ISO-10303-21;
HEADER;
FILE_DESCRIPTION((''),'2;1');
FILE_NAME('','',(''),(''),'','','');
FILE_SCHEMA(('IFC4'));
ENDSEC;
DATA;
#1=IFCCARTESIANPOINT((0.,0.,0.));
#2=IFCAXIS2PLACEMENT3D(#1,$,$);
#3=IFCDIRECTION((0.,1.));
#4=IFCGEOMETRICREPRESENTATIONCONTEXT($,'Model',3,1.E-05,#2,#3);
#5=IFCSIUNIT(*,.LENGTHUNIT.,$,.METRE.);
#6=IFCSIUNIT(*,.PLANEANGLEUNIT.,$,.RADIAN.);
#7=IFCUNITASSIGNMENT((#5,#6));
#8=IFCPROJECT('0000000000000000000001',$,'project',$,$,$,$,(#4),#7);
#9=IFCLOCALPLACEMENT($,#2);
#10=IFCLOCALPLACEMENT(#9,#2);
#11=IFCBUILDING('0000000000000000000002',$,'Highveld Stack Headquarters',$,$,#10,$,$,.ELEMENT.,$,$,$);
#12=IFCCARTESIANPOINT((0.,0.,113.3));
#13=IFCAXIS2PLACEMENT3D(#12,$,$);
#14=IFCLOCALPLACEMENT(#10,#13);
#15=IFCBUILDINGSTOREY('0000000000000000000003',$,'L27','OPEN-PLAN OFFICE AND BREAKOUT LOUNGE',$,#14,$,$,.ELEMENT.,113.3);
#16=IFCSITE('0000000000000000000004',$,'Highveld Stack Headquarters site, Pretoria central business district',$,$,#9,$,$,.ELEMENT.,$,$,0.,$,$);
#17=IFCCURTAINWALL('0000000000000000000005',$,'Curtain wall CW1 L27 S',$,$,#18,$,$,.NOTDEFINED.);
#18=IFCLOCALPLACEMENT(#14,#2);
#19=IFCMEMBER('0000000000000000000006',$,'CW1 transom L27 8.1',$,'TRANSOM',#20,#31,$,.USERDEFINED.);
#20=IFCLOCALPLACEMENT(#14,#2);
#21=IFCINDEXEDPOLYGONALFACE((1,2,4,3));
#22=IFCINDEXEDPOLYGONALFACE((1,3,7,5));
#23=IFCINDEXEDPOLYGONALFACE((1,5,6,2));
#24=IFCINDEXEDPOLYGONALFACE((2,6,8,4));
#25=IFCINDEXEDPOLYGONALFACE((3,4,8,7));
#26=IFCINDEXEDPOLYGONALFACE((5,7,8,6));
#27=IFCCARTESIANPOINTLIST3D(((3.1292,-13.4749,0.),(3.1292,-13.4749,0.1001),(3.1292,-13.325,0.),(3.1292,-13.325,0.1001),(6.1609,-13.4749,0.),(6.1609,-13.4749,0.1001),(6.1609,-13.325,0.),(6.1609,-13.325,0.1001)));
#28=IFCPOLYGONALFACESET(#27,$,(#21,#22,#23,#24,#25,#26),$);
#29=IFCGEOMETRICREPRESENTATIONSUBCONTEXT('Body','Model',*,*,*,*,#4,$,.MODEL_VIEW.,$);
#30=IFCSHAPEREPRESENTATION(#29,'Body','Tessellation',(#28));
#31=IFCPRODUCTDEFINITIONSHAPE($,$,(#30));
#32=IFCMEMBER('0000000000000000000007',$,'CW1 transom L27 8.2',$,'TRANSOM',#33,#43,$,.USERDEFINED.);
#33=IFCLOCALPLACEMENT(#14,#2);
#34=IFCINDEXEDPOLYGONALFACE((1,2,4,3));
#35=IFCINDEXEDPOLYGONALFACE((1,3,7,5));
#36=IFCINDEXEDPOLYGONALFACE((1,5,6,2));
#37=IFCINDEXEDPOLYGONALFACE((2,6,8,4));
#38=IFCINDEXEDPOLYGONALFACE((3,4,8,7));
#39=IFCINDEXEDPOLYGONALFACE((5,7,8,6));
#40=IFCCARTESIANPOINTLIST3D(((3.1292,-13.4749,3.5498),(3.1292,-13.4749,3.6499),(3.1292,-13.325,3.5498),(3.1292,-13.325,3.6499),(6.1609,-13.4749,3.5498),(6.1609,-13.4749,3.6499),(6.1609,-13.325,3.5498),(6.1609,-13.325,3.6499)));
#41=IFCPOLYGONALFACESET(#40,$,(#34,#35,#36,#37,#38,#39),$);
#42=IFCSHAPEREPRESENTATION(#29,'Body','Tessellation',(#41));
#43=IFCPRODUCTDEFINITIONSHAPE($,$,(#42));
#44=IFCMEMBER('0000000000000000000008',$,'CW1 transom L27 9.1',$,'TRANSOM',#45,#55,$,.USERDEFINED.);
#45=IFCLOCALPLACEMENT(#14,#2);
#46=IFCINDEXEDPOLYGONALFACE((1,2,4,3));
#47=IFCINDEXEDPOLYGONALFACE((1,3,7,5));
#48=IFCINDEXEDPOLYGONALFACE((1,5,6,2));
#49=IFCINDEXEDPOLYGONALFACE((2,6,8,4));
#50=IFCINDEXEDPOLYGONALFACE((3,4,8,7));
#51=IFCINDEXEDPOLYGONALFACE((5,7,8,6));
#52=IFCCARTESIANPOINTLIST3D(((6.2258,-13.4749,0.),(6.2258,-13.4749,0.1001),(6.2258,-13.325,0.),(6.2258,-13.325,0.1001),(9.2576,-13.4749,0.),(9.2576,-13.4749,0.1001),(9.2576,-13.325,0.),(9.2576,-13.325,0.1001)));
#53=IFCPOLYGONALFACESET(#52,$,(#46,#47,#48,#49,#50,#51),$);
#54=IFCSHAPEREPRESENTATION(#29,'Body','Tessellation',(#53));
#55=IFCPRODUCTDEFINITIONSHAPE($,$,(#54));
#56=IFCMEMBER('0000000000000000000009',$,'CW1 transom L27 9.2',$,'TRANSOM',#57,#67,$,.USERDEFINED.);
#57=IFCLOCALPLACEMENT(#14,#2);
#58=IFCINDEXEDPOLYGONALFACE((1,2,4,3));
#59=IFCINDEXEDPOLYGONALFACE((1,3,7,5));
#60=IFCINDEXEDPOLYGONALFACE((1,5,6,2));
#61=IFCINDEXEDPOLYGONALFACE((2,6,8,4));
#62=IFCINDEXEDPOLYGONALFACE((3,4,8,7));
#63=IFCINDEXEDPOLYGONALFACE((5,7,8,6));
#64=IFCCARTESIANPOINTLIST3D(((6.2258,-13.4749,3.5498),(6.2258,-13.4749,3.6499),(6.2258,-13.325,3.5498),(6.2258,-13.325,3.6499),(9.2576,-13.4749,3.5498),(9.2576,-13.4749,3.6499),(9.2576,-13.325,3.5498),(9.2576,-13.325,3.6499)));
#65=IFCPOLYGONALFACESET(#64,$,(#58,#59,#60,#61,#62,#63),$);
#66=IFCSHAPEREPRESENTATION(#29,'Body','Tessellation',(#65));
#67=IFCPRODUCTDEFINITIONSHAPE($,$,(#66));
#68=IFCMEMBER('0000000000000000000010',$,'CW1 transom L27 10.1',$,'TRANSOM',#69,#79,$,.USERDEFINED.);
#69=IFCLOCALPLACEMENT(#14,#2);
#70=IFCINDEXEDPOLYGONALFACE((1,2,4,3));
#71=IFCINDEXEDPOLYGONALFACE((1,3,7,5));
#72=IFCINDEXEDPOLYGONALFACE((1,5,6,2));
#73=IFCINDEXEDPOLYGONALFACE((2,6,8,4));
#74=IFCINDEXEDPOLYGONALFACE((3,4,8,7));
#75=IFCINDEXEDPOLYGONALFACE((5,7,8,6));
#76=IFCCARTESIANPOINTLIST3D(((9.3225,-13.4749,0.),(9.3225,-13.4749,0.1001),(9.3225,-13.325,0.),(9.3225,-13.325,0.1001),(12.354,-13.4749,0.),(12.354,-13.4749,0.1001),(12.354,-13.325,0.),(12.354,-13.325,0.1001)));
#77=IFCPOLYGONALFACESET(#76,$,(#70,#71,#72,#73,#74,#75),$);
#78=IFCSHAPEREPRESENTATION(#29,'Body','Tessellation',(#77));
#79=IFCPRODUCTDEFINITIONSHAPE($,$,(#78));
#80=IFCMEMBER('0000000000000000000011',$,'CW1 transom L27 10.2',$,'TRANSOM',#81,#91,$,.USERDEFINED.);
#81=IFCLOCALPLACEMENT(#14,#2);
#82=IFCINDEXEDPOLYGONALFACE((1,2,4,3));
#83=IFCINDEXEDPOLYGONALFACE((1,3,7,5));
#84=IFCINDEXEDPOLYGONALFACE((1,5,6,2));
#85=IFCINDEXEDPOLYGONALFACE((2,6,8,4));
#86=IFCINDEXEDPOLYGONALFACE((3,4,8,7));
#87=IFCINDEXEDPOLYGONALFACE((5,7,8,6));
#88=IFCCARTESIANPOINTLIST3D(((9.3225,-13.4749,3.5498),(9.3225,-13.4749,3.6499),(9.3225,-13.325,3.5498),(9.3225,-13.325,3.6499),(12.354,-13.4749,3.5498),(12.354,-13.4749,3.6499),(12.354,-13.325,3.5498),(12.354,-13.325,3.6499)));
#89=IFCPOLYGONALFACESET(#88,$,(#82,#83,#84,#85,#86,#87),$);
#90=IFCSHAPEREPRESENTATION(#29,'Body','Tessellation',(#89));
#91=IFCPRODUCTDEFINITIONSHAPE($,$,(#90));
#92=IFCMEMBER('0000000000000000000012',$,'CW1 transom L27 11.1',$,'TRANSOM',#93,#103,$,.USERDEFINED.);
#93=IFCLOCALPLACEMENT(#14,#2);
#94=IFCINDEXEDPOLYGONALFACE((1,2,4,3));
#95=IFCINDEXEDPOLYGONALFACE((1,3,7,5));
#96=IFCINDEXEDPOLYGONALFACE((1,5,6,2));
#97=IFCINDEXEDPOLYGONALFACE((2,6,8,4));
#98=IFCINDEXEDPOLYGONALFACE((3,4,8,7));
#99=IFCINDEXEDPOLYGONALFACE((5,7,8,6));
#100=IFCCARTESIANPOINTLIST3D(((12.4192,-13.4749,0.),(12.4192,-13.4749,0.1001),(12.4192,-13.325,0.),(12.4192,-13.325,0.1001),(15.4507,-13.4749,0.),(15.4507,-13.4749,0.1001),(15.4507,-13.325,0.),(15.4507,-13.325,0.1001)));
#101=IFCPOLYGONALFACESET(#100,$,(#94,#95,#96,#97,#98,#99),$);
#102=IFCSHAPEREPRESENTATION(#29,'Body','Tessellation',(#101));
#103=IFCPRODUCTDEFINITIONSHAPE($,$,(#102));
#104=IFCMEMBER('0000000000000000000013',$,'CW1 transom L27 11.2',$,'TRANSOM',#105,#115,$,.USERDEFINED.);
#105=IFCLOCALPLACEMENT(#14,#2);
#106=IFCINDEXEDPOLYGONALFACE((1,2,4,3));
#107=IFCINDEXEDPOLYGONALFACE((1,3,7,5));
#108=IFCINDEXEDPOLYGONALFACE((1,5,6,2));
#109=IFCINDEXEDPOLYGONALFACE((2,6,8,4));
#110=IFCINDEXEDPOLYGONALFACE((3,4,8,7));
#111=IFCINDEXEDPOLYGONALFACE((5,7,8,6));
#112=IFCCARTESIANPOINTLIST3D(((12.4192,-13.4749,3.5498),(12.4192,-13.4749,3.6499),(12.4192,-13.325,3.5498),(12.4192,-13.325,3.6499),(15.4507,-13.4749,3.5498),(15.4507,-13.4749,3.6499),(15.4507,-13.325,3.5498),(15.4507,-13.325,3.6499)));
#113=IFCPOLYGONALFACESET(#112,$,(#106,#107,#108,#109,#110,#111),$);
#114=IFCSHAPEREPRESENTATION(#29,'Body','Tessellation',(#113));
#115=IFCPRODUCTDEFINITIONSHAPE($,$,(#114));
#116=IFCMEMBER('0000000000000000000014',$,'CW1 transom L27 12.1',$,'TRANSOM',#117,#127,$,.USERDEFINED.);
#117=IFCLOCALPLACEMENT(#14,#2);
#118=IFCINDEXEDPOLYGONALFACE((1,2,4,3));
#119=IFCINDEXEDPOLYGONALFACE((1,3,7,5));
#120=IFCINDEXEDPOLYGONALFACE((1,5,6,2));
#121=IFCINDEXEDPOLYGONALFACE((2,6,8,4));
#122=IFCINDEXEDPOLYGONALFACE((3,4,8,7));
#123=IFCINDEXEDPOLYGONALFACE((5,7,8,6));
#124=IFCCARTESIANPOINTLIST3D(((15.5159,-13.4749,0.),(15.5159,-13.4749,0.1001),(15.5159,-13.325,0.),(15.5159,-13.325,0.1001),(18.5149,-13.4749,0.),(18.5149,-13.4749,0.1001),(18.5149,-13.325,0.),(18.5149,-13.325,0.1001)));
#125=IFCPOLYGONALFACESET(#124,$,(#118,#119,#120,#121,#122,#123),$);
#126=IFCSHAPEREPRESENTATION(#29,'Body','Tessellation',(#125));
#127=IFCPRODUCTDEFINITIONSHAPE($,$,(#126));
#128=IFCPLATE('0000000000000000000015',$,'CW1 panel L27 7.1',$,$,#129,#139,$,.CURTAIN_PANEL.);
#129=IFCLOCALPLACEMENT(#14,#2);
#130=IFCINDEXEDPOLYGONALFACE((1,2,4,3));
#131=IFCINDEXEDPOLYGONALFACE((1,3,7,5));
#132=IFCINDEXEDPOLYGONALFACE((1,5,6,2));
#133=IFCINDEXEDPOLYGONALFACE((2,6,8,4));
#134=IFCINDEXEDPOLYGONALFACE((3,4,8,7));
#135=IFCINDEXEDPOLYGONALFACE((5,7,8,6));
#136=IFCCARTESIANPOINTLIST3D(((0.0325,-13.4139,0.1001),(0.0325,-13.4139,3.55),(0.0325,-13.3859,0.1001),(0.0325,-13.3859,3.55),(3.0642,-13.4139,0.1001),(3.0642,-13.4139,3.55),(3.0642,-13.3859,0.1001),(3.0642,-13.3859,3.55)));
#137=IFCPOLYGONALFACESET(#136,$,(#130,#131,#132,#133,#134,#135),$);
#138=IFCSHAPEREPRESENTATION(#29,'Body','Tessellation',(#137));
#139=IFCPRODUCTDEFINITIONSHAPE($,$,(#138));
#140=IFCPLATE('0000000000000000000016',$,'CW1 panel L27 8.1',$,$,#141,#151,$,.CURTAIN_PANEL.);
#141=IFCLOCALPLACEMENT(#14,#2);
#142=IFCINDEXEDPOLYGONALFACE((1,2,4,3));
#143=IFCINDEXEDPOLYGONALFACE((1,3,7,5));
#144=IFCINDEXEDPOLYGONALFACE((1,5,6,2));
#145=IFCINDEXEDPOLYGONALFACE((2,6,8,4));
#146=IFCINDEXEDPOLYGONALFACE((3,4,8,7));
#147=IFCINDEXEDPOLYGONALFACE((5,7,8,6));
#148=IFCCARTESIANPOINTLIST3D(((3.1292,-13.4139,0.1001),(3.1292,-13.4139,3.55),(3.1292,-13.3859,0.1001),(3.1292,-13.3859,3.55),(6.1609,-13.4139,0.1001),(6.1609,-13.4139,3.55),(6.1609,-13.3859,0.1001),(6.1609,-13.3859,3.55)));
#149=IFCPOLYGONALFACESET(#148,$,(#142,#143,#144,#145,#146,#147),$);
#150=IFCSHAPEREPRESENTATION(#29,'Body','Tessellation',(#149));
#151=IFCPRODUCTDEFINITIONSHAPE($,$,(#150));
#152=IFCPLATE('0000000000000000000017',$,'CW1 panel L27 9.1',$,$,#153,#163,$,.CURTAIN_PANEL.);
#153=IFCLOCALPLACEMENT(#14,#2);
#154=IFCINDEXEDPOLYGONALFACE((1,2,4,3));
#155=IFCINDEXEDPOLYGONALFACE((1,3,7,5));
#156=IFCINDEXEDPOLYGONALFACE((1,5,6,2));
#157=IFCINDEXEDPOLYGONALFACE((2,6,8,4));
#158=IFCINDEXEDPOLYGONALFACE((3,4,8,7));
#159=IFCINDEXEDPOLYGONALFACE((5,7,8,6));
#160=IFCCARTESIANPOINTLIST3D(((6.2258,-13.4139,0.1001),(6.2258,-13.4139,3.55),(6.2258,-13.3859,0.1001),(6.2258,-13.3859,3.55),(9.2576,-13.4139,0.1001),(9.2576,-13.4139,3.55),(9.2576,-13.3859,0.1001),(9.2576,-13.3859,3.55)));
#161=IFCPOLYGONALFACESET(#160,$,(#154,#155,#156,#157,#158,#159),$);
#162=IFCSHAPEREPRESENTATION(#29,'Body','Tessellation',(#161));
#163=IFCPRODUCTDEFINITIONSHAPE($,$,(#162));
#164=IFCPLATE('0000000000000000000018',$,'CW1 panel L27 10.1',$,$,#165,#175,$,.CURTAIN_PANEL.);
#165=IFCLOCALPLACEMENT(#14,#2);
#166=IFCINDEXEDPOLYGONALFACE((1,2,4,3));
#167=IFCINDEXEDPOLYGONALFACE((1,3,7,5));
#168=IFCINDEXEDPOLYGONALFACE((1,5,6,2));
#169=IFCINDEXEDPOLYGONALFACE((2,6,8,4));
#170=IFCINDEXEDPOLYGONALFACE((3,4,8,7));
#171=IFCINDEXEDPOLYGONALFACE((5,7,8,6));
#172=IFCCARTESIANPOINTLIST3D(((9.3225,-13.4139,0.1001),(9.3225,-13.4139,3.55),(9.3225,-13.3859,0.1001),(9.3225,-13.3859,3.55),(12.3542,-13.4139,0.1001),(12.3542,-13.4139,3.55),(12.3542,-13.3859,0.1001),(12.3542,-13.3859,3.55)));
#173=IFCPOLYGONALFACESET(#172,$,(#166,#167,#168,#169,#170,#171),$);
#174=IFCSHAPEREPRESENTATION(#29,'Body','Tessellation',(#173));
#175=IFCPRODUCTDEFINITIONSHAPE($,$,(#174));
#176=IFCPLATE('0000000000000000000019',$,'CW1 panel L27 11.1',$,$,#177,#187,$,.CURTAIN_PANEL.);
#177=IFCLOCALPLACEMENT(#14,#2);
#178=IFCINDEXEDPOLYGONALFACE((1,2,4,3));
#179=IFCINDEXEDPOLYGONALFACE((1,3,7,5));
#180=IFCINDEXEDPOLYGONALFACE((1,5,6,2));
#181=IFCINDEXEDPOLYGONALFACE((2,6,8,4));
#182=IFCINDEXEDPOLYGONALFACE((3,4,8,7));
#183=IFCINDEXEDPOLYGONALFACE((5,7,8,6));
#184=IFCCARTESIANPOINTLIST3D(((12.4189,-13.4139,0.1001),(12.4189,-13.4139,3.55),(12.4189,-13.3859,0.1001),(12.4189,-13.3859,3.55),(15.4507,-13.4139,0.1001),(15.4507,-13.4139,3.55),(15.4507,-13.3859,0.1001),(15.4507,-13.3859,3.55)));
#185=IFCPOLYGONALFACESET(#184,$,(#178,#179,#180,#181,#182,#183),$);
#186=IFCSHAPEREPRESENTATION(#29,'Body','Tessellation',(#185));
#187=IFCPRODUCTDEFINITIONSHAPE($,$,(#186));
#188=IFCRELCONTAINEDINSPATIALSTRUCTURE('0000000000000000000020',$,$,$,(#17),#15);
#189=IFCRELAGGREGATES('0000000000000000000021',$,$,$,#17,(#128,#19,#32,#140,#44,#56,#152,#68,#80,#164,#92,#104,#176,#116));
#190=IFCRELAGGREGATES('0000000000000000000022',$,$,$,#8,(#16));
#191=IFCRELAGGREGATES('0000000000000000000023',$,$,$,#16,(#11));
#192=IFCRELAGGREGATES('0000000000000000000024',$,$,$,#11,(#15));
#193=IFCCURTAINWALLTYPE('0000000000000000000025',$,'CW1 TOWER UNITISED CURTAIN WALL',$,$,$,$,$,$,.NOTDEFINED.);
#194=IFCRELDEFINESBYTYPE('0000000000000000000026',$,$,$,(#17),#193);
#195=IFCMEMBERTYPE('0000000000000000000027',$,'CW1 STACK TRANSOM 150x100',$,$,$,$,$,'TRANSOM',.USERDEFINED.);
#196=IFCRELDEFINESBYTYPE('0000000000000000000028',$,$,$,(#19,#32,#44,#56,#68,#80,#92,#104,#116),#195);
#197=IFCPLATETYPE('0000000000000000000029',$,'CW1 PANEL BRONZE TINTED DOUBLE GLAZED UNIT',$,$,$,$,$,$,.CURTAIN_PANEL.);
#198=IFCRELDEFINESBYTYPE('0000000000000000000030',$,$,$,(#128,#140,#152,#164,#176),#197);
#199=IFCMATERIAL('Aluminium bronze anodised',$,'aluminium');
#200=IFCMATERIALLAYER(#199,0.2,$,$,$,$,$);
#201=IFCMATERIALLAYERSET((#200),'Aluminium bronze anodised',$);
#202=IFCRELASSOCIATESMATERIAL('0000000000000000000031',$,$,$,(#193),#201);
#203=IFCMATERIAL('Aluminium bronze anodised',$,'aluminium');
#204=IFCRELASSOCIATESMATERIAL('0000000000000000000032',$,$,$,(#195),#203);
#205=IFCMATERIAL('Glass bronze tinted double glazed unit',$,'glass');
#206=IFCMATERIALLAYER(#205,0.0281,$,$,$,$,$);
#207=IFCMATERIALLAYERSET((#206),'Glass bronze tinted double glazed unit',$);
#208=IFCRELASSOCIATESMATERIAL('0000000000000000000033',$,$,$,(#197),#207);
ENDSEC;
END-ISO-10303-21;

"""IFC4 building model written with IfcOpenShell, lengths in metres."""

from ifc_helpers import new_model, si_unit, direction, frame, origin, origin_2d, place, context, subcontext, project, spatial, rectangle, extrude, material, layer, layer_set, material_profile, profile_set, type_object, element, aggregate, save


model = new_model("IFC4")

# Units and contexts
model_context = context("Model", 3, precision=1e-05, world=origin(), true_north=direction((0.0, 1.0)))
body_context = subcontext(model_context, "Body", "Model", "MODEL_VIEW")
ifc_project = project(units=[si_unit("LENGTHUNIT", "METRE"), si_unit("PLANEANGLEUNIT", "RADIAN")], contexts=[model_context])

# Site, building, storey
site_placement = place(None, origin())
site = spatial("IfcSite", under=ifc_project, at=site_placement, Name="Highveld Stack Headquarters site, Pretoria central business district", CompositionType="ELEMENT", RefElevation=0.0)
building_placement = place(site_placement, origin())
building = spatial("IfcBuilding", under=site, at=building_placement, Name="Highveld Stack Headquarters", CompositionType="ELEMENT")
storey_placement = place(building_placement, frame((0.0, 0.0, 113.3)))
storey = spatial("IfcBuildingStorey", under=building, at=storey_placement, Name="L27", Description="OPEN-PLAN OFFICE AND BREAKOUT LOUNGE", CompositionType="ELEMENT", Elevation=113.3)

# Curtain wall, members, plates
ifc_material_1 = material(Name="Aluminium bronze anodised", Category="aluminium")
ifc_layer_1 = layer(ifc_material_1, 0.2)
ifc_layer_set_1 = layer_set([ifc_layer_1], Name="Aluminium bronze anodised")
curtain_wall_type = type_object("IfcCurtainWallType", Name="CW1 TOWER UNITISED CURTAIN WALL", PredefinedType="NOTDEFINED", material=ifc_layer_set_1)
curtain_wall_placement = place(storey_placement, origin())
curtain_wall = element("IfcCurtainWall", 1, at=curtain_wall_placement, inside=storey, type_object=curtain_wall_type, Name="Curtain wall CW1 L27 S", PredefinedType="NOTDEFINED")
ifc_material_2 = material(Name="Aluminium bronze anodised", Category="aluminium")
ifc_material_profile_1 = material_profile(ifc_material_2, rectangle(XDim=0.1499, YDim=0.1001, at=origin_2d()), Name="CW1 TRANSOM 150x100")
ifc_profile_set_1 = profile_set([ifc_material_profile_1], Name="Aluminium bronze anodised")
member_type_1 = type_object("IfcMemberType", Name="CW1 STACK TRANSOM 150x100", ElementType="TRANSOM", PredefinedType="USERDEFINED", material=ifc_profile_set_1)
member_1_placement = place(storey_placement, frame((3.1292, -13.3999, 0.05), z_axis=(1.0, 0.0, 0.0), x_axis=(0.0, 1.0, 0.0)))
member_1 = element("IfcMember", 2, at=member_1_placement, type_object=member_type_1, Name="CW1 transom L27 8.1", ObjectType="TRANSOM", PredefinedType="USERDEFINED", context=body_context, shape_type="SweptSolid", body=[
    extrude(rectangle(XDim=0.1499, YDim=0.1001, at=origin_2d()), origin(), (0.0, 0.0, 1.0), 3.0317),
])
member_2_placement = place(storey_placement, frame((3.1292, -13.3999, 3.5999), z_axis=(1.0, 0.0, 0.0), x_axis=(0.0, 1.0, 0.0)))
member_2 = element("IfcMember", 3, at=member_2_placement, type_object=member_type_1, Name="CW1 transom L27 8.2", ObjectType="TRANSOM", PredefinedType="USERDEFINED", context=body_context, shape_type="SweptSolid", body=[
    extrude(rectangle(XDim=0.1499, YDim=0.1001, at=origin_2d()), origin(), (0.0, 0.0, 1.0), 3.0317),
])
member_3_placement = place(storey_placement, frame((6.2258, -13.3999, 0.05), z_axis=(1.0, 0.0, 0.0), x_axis=(0.0, 1.0, 0.0)))
member_3 = element("IfcMember", 4, at=member_3_placement, type_object=member_type_1, Name="CW1 transom L27 9.1", ObjectType="TRANSOM", PredefinedType="USERDEFINED", context=body_context, shape_type="SweptSolid", body=[
    extrude(rectangle(XDim=0.1499, YDim=0.1001, at=origin_2d()), origin(), (0.0, 0.0, 1.0), 3.0317),
])
member_4_placement = place(storey_placement, frame((6.2258, -13.3999, 3.5999), z_axis=(1.0, 0.0, 0.0), x_axis=(0.0, 1.0, 0.0)))
member_4 = element("IfcMember", 5, at=member_4_placement, type_object=member_type_1, Name="CW1 transom L27 9.2", ObjectType="TRANSOM", PredefinedType="USERDEFINED", context=body_context, shape_type="SweptSolid", body=[
    extrude(rectangle(XDim=0.1499, YDim=0.1001, at=origin_2d()), origin(), (0.0, 0.0, 1.0), 3.0317),
])
member_5_placement = place(storey_placement, frame((9.3225, -13.3999, 0.05), z_axis=(1.0, 0.0, 0.0), x_axis=(0.0, 1.0, 0.0)))
member_5 = element("IfcMember", 6, at=member_5_placement, type_object=member_type_1, Name="CW1 transom L27 10.1", ObjectType="TRANSOM", PredefinedType="USERDEFINED", context=body_context, shape_type="SweptSolid", body=[
    extrude(rectangle(XDim=0.1499, YDim=0.1001, at=origin_2d()), origin(), (0.0, 0.0, 1.0), 3.0315),
])
member_6_placement = place(storey_placement, frame((9.3225, -13.3999, 3.5999), z_axis=(1.0, 0.0, 0.0), x_axis=(0.0, 1.0, 0.0)))
member_6 = element("IfcMember", 7, at=member_6_placement, type_object=member_type_1, Name="CW1 transom L27 10.2", ObjectType="TRANSOM", PredefinedType="USERDEFINED", context=body_context, shape_type="SweptSolid", body=[
    extrude(rectangle(XDim=0.1499, YDim=0.1001, at=origin_2d()), origin(), (0.0, 0.0, 1.0), 3.0315),
])
member_7_placement = place(storey_placement, frame((12.4192, -13.3999, 0.05), z_axis=(1.0, 0.0, 0.0), x_axis=(0.0, 1.0, 0.0)))
member_7 = element("IfcMember", 8, at=member_7_placement, type_object=member_type_1, Name="CW1 transom L27 11.1", ObjectType="TRANSOM", PredefinedType="USERDEFINED", context=body_context, shape_type="SweptSolid", body=[
    extrude(rectangle(XDim=0.1499, YDim=0.1001, at=origin_2d()), origin(), (0.0, 0.0, 1.0), 3.0315),
])
member_8_placement = place(storey_placement, frame((12.4192, -13.3999, 3.5999), z_axis=(1.0, 0.0, 0.0), x_axis=(0.0, 1.0, 0.0)))
member_8 = element("IfcMember", 9, at=member_8_placement, type_object=member_type_1, Name="CW1 transom L27 11.2", ObjectType="TRANSOM", PredefinedType="USERDEFINED", context=body_context, shape_type="SweptSolid", body=[
    extrude(rectangle(XDim=0.1499, YDim=0.1001, at=origin_2d()), origin(), (0.0, 0.0, 1.0), 3.0315),
])
member_9_placement = place(storey_placement, frame((15.5159, -13.3999, 0.05), z_axis=(1.0, 0.0, 0.0), x_axis=(0.0, 1.0, 0.0)))
member_9 = element("IfcMember", 10, at=member_9_placement, type_object=member_type_1, Name="CW1 transom L27 12.1", ObjectType="TRANSOM", PredefinedType="USERDEFINED", context=body_context, shape_type="SweptSolid", body=[
    extrude(rectangle(XDim=0.1499, YDim=0.1001, at=origin_2d()), origin(), (0.0, 0.0, 1.0), 2.999),
])
ifc_material_3 = material(Name="Glass bronze tinted double glazed unit", Category="glass")
ifc_layer_2 = layer(ifc_material_3, 0.0281)
ifc_layer_set_2 = layer_set([ifc_layer_2], Name="Glass bronze tinted double glazed unit")
plate_type = type_object("IfcPlateType", Name="CW1 PANEL BRONZE TINTED DOUBLE GLAZED UNIT", PredefinedType="CURTAIN_PANEL", material=ifc_layer_set_2)
plate_1_placement = place(storey_placement, frame((1.5483, -13.3999, 0.1001), z_axis=(0.0, 0.0, 1.0), x_axis=(1.0, 0.0, 0.0)))
plate_1 = element("IfcPlate", 11, at=plate_1_placement, type_object=plate_type, Name="CW1 panel L27 7.1", PredefinedType="CURTAIN_PANEL", context=body_context, shape_type="SweptSolid", body=[
    extrude(rectangle(XDim=3.0317, YDim=0.0281, at=origin_2d()), origin(), (0.0, 0.0, 1.0), 3.45),
])
plate_2_placement = place(storey_placement, frame((4.645, -13.3999, 0.1001), z_axis=(0.0, 0.0, 1.0), x_axis=(1.0, 0.0, 0.0)))
plate_2 = element("IfcPlate", 12, at=plate_2_placement, type_object=plate_type, Name="CW1 panel L27 8.1", PredefinedType="CURTAIN_PANEL", context=body_context, shape_type="SweptSolid", body=[
    extrude(rectangle(XDim=3.0317, YDim=0.0281, at=origin_2d()), origin(), (0.0, 0.0, 1.0), 3.45),
])
plate_3_placement = place(storey_placement, frame((7.7417, -13.3999, 0.1001), z_axis=(0.0, 0.0, 1.0), x_axis=(1.0, 0.0, 0.0)))
plate_3 = element("IfcPlate", 13, at=plate_3_placement, type_object=plate_type, Name="CW1 panel L27 9.1", PredefinedType="CURTAIN_PANEL", context=body_context, shape_type="SweptSolid", body=[
    extrude(rectangle(XDim=3.0317, YDim=0.0281, at=origin_2d()), origin(), (0.0, 0.0, 1.0), 3.45),
])
plate_4_placement = place(storey_placement, frame((10.8384, -13.3999, 0.1001), z_axis=(0.0, 0.0, 1.0), x_axis=(1.0, 0.0, 0.0)))
plate_4 = element("IfcPlate", 14, at=plate_4_placement, type_object=plate_type, Name="CW1 panel L27 10.1", PredefinedType="CURTAIN_PANEL", context=body_context, shape_type="SweptSolid", body=[
    extrude(rectangle(XDim=3.0317, YDim=0.0281, at=origin_2d()), origin(), (0.0, 0.0, 1.0), 3.45),
])
plate_5_placement = place(storey_placement, frame((13.9348, -13.3999, 0.1001), z_axis=(0.0, 0.0, 1.0), x_axis=(1.0, 0.0, 0.0)))
plate_5 = element("IfcPlate", 15, at=plate_5_placement, type_object=plate_type, Name="CW1 panel L27 11.1", PredefinedType="CURTAIN_PANEL", context=body_context, shape_type="SweptSolid", body=[
    extrude(rectangle(XDim=3.0317, YDim=0.0281, at=origin_2d()), origin(), (0.0, 0.0, 1.0), 3.45),
])
aggregate(curtain_wall, [plate_1, member_1, member_2, plate_2, member_3, member_4, plate_3, member_5, member_6, plate_4, member_7, member_8, plate_5, member_9])

save(model, "model.ifc")
